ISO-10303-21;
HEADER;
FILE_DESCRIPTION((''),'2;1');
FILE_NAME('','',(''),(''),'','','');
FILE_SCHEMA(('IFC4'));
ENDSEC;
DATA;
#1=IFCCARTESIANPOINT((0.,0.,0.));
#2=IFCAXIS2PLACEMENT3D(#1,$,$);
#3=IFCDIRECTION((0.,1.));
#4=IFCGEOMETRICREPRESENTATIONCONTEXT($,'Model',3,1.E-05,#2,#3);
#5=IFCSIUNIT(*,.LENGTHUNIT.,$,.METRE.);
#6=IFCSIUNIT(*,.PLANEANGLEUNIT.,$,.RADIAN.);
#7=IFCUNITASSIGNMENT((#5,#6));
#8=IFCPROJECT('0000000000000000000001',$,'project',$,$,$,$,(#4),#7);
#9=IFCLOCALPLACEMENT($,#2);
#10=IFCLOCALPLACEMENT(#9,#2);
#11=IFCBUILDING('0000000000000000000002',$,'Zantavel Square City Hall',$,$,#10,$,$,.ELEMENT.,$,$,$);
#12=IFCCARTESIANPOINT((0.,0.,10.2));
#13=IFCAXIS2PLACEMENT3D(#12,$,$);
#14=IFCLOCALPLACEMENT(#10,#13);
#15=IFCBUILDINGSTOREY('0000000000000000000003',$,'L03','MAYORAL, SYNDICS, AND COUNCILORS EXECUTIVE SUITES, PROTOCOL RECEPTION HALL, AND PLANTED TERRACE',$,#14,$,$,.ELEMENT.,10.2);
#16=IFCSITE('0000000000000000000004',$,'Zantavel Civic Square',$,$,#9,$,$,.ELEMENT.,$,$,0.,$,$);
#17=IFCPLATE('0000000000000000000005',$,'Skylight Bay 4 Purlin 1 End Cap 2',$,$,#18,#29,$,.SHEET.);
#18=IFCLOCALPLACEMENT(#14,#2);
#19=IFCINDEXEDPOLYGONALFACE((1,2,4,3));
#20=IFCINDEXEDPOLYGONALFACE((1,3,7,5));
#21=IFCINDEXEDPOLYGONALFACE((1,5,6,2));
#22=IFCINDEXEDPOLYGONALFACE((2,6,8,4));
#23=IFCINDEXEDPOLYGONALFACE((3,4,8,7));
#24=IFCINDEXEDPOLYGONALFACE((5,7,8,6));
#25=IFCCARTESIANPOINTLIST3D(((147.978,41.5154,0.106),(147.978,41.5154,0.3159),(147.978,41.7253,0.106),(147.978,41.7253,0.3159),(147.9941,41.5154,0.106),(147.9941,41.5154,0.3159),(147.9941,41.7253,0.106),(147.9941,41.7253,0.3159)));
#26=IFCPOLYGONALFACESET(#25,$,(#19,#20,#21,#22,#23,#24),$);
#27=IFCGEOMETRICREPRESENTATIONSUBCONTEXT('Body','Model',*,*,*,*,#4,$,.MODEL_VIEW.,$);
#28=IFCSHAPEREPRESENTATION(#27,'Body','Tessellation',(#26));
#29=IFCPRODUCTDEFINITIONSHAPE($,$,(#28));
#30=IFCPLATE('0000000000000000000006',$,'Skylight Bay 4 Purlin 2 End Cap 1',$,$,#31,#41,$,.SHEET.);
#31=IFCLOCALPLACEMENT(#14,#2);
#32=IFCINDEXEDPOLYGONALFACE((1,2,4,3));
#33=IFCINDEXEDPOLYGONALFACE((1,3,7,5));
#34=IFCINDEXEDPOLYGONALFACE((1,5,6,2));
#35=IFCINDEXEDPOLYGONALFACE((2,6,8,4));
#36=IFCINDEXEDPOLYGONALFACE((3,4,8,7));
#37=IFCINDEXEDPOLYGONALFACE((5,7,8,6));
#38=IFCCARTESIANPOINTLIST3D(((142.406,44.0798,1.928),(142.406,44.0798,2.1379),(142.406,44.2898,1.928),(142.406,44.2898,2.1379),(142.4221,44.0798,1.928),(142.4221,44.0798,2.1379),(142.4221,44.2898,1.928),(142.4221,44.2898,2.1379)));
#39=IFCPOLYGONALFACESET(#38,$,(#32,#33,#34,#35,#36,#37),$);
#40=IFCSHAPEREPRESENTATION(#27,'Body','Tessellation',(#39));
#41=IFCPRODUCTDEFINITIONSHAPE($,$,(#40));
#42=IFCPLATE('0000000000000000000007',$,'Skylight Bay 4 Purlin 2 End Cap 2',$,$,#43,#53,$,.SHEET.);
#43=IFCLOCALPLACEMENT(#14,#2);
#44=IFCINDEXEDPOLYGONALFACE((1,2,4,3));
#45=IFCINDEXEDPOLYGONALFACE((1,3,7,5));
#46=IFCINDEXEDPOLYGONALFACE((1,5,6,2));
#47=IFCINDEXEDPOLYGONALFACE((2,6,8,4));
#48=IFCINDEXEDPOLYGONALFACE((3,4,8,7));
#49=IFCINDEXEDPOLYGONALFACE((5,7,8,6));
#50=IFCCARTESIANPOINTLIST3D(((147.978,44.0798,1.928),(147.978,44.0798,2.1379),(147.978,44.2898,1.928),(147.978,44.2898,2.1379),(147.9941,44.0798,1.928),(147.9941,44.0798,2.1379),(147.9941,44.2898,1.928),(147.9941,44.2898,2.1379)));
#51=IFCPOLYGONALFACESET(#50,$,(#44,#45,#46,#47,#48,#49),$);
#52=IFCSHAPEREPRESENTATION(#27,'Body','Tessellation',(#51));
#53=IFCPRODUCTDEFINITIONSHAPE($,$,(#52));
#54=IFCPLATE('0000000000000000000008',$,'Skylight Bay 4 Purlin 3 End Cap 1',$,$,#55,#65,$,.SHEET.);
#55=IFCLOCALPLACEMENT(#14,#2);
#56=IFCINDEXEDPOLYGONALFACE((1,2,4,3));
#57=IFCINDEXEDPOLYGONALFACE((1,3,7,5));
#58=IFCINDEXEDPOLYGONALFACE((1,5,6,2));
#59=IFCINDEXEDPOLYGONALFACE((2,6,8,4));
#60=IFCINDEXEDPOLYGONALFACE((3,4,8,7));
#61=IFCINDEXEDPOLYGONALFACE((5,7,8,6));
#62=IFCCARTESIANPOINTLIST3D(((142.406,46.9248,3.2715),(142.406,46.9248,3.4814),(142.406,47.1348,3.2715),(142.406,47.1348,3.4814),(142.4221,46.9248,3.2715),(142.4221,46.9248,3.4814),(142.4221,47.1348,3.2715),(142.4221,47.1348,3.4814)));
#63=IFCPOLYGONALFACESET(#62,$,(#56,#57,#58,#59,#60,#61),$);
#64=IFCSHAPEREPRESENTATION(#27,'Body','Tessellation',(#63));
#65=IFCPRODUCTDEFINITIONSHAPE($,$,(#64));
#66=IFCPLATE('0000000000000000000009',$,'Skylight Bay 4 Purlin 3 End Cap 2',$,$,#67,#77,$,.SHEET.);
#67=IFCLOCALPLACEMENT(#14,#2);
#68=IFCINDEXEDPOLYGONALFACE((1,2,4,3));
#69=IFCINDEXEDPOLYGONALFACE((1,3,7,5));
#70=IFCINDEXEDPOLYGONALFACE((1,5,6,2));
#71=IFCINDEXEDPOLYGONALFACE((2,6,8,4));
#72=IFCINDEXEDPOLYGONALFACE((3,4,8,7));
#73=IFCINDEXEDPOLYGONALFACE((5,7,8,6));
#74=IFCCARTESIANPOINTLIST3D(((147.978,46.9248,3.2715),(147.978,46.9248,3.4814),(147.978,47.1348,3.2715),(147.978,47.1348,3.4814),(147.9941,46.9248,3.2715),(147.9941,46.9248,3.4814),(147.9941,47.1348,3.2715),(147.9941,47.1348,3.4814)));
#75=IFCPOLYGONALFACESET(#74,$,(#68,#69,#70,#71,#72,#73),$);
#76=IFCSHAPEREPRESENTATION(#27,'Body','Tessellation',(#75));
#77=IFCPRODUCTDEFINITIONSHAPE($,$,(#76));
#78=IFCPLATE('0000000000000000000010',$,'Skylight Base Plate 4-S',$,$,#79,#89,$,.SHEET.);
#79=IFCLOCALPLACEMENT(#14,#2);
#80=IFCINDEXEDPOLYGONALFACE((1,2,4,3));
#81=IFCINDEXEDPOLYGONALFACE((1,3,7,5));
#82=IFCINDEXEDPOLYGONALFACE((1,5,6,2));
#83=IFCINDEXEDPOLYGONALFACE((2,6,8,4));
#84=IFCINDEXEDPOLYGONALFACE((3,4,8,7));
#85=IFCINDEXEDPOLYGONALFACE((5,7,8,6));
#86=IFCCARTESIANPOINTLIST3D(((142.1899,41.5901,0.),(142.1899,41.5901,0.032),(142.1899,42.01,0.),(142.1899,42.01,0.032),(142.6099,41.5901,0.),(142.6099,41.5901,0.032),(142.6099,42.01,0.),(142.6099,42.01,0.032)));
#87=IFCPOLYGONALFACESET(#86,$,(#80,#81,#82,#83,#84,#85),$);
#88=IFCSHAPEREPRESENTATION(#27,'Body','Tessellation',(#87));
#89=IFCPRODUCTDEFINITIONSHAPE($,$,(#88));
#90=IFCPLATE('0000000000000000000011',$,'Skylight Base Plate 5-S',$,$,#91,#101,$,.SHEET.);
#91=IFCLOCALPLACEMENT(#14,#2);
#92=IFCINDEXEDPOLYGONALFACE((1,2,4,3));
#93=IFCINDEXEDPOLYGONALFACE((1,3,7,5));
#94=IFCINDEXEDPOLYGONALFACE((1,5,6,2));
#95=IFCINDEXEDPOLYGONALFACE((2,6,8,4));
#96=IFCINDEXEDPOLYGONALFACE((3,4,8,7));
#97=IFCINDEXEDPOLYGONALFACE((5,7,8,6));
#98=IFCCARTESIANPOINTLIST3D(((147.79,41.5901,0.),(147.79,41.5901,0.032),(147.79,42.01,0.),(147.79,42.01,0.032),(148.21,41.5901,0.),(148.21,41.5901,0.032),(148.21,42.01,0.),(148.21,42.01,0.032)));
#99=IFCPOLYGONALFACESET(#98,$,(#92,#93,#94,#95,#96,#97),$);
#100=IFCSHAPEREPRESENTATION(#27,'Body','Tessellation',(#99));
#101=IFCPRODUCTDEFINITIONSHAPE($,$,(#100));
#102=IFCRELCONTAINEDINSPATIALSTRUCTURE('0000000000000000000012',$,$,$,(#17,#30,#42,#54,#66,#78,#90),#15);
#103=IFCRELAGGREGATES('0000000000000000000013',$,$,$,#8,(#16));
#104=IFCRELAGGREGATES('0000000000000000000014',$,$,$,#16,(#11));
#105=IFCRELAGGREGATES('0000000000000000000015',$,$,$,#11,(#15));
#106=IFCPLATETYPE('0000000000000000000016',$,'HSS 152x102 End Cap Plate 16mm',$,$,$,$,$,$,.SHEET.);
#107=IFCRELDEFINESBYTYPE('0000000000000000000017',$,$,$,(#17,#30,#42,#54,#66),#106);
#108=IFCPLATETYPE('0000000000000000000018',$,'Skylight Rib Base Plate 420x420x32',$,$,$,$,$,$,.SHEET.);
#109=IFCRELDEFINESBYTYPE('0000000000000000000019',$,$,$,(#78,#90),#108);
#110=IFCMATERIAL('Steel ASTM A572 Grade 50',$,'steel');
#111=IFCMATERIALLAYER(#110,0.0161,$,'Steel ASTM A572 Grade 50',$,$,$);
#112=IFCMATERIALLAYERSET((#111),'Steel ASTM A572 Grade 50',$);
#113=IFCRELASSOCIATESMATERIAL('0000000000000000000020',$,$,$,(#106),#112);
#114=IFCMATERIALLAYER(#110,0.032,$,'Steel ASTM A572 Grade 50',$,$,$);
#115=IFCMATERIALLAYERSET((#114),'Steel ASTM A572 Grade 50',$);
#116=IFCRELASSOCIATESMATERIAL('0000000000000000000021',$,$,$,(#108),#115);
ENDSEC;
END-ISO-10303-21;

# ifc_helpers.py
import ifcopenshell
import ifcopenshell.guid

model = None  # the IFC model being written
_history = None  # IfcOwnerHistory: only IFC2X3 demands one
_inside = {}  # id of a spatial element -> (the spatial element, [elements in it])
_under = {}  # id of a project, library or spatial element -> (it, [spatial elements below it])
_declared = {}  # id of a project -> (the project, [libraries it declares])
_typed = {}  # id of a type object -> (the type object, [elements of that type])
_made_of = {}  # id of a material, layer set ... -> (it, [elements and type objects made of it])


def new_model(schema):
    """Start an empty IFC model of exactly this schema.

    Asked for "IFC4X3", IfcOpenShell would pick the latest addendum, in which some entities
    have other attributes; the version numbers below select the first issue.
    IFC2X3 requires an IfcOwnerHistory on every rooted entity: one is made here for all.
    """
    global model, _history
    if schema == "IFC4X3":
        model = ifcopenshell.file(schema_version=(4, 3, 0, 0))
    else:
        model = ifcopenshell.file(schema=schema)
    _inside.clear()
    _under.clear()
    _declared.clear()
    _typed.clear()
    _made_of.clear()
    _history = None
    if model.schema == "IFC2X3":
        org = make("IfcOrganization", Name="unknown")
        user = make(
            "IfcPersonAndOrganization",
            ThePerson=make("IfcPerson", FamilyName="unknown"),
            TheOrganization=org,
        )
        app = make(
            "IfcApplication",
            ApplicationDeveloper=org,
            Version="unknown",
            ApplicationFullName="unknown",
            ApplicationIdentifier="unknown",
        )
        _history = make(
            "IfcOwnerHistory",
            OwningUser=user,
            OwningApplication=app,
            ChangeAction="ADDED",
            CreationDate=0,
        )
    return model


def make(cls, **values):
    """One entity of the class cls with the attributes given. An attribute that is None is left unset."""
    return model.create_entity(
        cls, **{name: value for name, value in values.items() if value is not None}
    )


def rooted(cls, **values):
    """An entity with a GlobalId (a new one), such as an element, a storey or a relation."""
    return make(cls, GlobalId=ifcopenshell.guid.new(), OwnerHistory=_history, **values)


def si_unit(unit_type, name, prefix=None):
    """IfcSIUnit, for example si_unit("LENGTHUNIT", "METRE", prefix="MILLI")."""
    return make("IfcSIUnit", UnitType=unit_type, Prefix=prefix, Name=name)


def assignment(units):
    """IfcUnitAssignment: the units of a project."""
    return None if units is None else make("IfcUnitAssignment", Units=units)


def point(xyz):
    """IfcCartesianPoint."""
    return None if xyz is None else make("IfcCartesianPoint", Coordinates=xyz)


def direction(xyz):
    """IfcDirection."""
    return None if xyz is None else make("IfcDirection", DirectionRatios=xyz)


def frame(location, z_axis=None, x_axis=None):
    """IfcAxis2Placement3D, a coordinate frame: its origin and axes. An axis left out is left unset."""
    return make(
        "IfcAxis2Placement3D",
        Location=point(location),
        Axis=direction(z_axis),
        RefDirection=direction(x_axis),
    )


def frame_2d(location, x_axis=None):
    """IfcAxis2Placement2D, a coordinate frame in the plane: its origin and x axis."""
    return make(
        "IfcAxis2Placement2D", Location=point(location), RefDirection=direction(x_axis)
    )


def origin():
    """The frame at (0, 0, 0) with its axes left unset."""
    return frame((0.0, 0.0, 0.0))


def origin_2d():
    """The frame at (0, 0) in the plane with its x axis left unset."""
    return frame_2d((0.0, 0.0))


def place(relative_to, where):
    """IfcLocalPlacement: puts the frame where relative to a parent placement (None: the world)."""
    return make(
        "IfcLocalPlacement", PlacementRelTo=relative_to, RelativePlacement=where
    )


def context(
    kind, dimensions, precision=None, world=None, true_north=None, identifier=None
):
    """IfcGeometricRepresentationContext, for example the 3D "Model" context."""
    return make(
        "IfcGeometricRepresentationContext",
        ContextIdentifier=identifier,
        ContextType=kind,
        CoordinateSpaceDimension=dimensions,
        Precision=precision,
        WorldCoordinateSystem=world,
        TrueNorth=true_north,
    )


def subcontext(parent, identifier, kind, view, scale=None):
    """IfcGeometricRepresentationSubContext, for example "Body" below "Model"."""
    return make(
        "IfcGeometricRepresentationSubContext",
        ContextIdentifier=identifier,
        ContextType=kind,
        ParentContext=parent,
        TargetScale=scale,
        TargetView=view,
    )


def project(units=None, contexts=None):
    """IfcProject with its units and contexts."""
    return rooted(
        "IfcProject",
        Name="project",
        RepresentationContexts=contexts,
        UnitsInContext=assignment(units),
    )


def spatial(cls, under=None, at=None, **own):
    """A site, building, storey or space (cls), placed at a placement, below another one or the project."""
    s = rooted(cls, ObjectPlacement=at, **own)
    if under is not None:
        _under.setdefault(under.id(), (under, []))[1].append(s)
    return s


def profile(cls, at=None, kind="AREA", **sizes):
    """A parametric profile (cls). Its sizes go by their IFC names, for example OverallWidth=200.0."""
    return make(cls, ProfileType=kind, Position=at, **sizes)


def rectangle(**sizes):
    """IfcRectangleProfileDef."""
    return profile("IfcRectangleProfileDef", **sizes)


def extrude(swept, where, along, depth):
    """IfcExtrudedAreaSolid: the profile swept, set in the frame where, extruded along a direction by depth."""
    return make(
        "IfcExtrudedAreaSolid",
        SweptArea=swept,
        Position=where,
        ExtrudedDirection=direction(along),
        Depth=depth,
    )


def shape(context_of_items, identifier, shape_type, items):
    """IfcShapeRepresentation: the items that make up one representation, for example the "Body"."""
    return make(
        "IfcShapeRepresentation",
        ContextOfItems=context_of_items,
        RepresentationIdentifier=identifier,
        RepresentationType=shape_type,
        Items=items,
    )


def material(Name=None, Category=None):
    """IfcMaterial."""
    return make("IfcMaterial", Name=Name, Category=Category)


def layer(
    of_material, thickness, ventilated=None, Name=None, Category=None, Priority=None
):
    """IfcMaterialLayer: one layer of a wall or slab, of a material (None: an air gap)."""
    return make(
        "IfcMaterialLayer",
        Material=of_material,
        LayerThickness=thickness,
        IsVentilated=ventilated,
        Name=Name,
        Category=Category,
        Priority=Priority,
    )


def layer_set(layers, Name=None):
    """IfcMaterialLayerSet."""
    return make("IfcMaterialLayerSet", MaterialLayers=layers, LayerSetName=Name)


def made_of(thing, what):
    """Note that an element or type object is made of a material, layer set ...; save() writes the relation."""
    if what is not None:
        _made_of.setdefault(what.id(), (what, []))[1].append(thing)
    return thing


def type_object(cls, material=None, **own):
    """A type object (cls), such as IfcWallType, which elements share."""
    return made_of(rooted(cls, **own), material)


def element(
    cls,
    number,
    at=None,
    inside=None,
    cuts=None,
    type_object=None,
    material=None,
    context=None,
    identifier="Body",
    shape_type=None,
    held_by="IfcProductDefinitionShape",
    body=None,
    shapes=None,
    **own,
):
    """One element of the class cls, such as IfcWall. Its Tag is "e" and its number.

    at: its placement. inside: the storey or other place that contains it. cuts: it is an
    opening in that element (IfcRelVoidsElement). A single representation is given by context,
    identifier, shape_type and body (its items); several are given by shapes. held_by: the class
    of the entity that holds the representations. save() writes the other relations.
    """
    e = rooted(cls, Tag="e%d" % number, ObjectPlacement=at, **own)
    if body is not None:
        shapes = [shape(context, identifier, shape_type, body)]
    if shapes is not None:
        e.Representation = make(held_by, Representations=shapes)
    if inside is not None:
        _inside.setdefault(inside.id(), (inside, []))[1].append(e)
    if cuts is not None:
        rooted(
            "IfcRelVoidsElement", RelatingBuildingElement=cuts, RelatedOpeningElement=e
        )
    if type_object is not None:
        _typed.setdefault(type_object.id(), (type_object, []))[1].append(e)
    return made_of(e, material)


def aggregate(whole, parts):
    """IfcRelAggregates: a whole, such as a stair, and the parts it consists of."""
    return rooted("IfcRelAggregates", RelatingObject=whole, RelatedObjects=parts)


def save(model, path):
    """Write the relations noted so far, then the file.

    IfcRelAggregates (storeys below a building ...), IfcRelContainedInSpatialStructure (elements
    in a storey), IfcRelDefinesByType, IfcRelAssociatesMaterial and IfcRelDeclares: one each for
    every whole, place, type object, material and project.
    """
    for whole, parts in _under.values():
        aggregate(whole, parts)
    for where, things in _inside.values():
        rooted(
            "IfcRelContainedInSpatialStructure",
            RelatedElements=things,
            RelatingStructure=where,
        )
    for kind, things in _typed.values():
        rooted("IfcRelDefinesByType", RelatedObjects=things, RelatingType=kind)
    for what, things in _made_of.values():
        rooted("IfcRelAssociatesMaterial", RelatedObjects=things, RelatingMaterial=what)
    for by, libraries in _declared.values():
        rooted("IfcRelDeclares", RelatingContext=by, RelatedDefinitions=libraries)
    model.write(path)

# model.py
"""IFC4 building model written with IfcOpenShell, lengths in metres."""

from ifc_helpers import new_model, si_unit, direction, frame, origin, origin_2d, place, context, subcontext, project, spatial, rectangle, extrude, material, layer, layer_set, type_object, element, save


model = new_model("IFC4")

# Units and contexts
model_context = context("Model", 3, precision=1e-05, world=origin(), true_north=direction((0.0, 1.0)))
body_context = subcontext(model_context, "Body", "Model", "MODEL_VIEW")
ifc_project = project(units=[si_unit("LENGTHUNIT", "METRE"), si_unit("PLANEANGLEUNIT", "RADIAN")], contexts=[model_context])

# Site, building, storey
site_placement = place(None, origin())
site = spatial("IfcSite", under=ifc_project, at=site_placement, Name="Zantavel Civic Square", CompositionType="ELEMENT", RefElevation=0.0)
building_placement = place(site_placement, origin())
building = spatial("IfcBuilding", under=site, at=building_placement, Name="Zantavel Square City Hall", CompositionType="ELEMENT")
storey_placement = place(building_placement, frame((0.0, 0.0, 10.2)))
storey = spatial("IfcBuildingStorey", under=building, at=storey_placement, Name="L03", Description="MAYORAL, SYNDICS, AND COUNCILORS EXECUTIVE SUITES, PROTOCOL RECEPTION HALL, AND PLANTED TERRACE", CompositionType="ELEMENT", Elevation=10.2)

# Plates
ifc_material_1 = material(Name="Steel ASTM A572 Grade 50", Category="steel")
ifc_layer_1 = layer(ifc_material_1, 0.0161, Name="Steel ASTM A572 Grade 50")
ifc_layer_set_1 = layer_set([ifc_layer_1], Name="Steel ASTM A572 Grade 50")
plate_type_1 = type_object("IfcPlateType", Name="HSS 152x102 End Cap Plate 16mm", PredefinedType="SHEET", material=ifc_layer_set_1)
for number, where, z_axis, x_axis, name in (
    (1, (147.9861, 41.6204, 0.106), (0.0, 0.0, 1.0), (1.0, 0.0, 0.0), "Skylight Bay 4 Purlin 1 End Cap 2"),
    (2, (142.4141, 44.1848, 1.928), (0.0, 0.0, 1.0), (1.0, 0.0, 0.0), "Skylight Bay 4 Purlin 2 End Cap 1"),
    (3, (147.9861, 44.1848, 1.928), (0.0, 0.0, 1.0), (1.0, 0.0, 0.0), "Skylight Bay 4 Purlin 2 End Cap 2"),
    (4, (142.4141, 47.0298, 3.2715), (0.0, 0.0, 1.0), (1.0, 0.0, 0.0), "Skylight Bay 4 Purlin 3 End Cap 1"),
    (5, (147.9861, 47.0298, 3.2715), (0.0, 0.0, 1.0), (1.0, 0.0, 0.0), "Skylight Bay 4 Purlin 3 End Cap 2"),
):
    element("IfcPlate", number, at=place(storey_placement, frame(where, z_axis=z_axis, x_axis=x_axis)), inside=storey, type_object=plate_type_1, Name=name, PredefinedType="SHEET", context=body_context, shape_type="SweptSolid", body=[
        extrude(rectangle(XDim=0.0161, YDim=0.21, at=origin_2d()), origin(), (0.0, 0.0, 1.0), 0.21),
    ])
ifc_layer_2 = layer(ifc_material_1, 0.032, Name="Steel ASTM A572 Grade 50")
ifc_layer_set_2 = layer_set([ifc_layer_2], Name="Steel ASTM A572 Grade 50")
plate_type_2 = type_object("IfcPlateType", Name="Skylight Rib Base Plate 420x420x32", PredefinedType="SHEET", material=ifc_layer_set_2)
for number, where, z_axis, x_axis, name in (
    (6, (142.3999, 41.8, 0.0), (0.0, 0.0, 1.0), (1.0, 0.0, 0.0), "Skylight Base Plate 4-S"),
    (7, (148.0, 41.8, 0.0), (0.0, 0.0, 1.0), (1.0, 0.0, 0.0), "Skylight Base Plate 5-S"),
):
    element("IfcPlate", number, at=place(storey_placement, frame(where, z_axis=z_axis, x_axis=x_axis)), inside=storey, type_object=plate_type_2, Name=name, PredefinedType="SHEET", context=body_context, shape_type="SweptSolid", body=[
        extrude(rectangle(XDim=0.4199, YDim=0.4199, at=origin_2d()), origin(), (0.0, 0.0, 1.0), 0.032),
    ])

save(model, "model.ifc")
